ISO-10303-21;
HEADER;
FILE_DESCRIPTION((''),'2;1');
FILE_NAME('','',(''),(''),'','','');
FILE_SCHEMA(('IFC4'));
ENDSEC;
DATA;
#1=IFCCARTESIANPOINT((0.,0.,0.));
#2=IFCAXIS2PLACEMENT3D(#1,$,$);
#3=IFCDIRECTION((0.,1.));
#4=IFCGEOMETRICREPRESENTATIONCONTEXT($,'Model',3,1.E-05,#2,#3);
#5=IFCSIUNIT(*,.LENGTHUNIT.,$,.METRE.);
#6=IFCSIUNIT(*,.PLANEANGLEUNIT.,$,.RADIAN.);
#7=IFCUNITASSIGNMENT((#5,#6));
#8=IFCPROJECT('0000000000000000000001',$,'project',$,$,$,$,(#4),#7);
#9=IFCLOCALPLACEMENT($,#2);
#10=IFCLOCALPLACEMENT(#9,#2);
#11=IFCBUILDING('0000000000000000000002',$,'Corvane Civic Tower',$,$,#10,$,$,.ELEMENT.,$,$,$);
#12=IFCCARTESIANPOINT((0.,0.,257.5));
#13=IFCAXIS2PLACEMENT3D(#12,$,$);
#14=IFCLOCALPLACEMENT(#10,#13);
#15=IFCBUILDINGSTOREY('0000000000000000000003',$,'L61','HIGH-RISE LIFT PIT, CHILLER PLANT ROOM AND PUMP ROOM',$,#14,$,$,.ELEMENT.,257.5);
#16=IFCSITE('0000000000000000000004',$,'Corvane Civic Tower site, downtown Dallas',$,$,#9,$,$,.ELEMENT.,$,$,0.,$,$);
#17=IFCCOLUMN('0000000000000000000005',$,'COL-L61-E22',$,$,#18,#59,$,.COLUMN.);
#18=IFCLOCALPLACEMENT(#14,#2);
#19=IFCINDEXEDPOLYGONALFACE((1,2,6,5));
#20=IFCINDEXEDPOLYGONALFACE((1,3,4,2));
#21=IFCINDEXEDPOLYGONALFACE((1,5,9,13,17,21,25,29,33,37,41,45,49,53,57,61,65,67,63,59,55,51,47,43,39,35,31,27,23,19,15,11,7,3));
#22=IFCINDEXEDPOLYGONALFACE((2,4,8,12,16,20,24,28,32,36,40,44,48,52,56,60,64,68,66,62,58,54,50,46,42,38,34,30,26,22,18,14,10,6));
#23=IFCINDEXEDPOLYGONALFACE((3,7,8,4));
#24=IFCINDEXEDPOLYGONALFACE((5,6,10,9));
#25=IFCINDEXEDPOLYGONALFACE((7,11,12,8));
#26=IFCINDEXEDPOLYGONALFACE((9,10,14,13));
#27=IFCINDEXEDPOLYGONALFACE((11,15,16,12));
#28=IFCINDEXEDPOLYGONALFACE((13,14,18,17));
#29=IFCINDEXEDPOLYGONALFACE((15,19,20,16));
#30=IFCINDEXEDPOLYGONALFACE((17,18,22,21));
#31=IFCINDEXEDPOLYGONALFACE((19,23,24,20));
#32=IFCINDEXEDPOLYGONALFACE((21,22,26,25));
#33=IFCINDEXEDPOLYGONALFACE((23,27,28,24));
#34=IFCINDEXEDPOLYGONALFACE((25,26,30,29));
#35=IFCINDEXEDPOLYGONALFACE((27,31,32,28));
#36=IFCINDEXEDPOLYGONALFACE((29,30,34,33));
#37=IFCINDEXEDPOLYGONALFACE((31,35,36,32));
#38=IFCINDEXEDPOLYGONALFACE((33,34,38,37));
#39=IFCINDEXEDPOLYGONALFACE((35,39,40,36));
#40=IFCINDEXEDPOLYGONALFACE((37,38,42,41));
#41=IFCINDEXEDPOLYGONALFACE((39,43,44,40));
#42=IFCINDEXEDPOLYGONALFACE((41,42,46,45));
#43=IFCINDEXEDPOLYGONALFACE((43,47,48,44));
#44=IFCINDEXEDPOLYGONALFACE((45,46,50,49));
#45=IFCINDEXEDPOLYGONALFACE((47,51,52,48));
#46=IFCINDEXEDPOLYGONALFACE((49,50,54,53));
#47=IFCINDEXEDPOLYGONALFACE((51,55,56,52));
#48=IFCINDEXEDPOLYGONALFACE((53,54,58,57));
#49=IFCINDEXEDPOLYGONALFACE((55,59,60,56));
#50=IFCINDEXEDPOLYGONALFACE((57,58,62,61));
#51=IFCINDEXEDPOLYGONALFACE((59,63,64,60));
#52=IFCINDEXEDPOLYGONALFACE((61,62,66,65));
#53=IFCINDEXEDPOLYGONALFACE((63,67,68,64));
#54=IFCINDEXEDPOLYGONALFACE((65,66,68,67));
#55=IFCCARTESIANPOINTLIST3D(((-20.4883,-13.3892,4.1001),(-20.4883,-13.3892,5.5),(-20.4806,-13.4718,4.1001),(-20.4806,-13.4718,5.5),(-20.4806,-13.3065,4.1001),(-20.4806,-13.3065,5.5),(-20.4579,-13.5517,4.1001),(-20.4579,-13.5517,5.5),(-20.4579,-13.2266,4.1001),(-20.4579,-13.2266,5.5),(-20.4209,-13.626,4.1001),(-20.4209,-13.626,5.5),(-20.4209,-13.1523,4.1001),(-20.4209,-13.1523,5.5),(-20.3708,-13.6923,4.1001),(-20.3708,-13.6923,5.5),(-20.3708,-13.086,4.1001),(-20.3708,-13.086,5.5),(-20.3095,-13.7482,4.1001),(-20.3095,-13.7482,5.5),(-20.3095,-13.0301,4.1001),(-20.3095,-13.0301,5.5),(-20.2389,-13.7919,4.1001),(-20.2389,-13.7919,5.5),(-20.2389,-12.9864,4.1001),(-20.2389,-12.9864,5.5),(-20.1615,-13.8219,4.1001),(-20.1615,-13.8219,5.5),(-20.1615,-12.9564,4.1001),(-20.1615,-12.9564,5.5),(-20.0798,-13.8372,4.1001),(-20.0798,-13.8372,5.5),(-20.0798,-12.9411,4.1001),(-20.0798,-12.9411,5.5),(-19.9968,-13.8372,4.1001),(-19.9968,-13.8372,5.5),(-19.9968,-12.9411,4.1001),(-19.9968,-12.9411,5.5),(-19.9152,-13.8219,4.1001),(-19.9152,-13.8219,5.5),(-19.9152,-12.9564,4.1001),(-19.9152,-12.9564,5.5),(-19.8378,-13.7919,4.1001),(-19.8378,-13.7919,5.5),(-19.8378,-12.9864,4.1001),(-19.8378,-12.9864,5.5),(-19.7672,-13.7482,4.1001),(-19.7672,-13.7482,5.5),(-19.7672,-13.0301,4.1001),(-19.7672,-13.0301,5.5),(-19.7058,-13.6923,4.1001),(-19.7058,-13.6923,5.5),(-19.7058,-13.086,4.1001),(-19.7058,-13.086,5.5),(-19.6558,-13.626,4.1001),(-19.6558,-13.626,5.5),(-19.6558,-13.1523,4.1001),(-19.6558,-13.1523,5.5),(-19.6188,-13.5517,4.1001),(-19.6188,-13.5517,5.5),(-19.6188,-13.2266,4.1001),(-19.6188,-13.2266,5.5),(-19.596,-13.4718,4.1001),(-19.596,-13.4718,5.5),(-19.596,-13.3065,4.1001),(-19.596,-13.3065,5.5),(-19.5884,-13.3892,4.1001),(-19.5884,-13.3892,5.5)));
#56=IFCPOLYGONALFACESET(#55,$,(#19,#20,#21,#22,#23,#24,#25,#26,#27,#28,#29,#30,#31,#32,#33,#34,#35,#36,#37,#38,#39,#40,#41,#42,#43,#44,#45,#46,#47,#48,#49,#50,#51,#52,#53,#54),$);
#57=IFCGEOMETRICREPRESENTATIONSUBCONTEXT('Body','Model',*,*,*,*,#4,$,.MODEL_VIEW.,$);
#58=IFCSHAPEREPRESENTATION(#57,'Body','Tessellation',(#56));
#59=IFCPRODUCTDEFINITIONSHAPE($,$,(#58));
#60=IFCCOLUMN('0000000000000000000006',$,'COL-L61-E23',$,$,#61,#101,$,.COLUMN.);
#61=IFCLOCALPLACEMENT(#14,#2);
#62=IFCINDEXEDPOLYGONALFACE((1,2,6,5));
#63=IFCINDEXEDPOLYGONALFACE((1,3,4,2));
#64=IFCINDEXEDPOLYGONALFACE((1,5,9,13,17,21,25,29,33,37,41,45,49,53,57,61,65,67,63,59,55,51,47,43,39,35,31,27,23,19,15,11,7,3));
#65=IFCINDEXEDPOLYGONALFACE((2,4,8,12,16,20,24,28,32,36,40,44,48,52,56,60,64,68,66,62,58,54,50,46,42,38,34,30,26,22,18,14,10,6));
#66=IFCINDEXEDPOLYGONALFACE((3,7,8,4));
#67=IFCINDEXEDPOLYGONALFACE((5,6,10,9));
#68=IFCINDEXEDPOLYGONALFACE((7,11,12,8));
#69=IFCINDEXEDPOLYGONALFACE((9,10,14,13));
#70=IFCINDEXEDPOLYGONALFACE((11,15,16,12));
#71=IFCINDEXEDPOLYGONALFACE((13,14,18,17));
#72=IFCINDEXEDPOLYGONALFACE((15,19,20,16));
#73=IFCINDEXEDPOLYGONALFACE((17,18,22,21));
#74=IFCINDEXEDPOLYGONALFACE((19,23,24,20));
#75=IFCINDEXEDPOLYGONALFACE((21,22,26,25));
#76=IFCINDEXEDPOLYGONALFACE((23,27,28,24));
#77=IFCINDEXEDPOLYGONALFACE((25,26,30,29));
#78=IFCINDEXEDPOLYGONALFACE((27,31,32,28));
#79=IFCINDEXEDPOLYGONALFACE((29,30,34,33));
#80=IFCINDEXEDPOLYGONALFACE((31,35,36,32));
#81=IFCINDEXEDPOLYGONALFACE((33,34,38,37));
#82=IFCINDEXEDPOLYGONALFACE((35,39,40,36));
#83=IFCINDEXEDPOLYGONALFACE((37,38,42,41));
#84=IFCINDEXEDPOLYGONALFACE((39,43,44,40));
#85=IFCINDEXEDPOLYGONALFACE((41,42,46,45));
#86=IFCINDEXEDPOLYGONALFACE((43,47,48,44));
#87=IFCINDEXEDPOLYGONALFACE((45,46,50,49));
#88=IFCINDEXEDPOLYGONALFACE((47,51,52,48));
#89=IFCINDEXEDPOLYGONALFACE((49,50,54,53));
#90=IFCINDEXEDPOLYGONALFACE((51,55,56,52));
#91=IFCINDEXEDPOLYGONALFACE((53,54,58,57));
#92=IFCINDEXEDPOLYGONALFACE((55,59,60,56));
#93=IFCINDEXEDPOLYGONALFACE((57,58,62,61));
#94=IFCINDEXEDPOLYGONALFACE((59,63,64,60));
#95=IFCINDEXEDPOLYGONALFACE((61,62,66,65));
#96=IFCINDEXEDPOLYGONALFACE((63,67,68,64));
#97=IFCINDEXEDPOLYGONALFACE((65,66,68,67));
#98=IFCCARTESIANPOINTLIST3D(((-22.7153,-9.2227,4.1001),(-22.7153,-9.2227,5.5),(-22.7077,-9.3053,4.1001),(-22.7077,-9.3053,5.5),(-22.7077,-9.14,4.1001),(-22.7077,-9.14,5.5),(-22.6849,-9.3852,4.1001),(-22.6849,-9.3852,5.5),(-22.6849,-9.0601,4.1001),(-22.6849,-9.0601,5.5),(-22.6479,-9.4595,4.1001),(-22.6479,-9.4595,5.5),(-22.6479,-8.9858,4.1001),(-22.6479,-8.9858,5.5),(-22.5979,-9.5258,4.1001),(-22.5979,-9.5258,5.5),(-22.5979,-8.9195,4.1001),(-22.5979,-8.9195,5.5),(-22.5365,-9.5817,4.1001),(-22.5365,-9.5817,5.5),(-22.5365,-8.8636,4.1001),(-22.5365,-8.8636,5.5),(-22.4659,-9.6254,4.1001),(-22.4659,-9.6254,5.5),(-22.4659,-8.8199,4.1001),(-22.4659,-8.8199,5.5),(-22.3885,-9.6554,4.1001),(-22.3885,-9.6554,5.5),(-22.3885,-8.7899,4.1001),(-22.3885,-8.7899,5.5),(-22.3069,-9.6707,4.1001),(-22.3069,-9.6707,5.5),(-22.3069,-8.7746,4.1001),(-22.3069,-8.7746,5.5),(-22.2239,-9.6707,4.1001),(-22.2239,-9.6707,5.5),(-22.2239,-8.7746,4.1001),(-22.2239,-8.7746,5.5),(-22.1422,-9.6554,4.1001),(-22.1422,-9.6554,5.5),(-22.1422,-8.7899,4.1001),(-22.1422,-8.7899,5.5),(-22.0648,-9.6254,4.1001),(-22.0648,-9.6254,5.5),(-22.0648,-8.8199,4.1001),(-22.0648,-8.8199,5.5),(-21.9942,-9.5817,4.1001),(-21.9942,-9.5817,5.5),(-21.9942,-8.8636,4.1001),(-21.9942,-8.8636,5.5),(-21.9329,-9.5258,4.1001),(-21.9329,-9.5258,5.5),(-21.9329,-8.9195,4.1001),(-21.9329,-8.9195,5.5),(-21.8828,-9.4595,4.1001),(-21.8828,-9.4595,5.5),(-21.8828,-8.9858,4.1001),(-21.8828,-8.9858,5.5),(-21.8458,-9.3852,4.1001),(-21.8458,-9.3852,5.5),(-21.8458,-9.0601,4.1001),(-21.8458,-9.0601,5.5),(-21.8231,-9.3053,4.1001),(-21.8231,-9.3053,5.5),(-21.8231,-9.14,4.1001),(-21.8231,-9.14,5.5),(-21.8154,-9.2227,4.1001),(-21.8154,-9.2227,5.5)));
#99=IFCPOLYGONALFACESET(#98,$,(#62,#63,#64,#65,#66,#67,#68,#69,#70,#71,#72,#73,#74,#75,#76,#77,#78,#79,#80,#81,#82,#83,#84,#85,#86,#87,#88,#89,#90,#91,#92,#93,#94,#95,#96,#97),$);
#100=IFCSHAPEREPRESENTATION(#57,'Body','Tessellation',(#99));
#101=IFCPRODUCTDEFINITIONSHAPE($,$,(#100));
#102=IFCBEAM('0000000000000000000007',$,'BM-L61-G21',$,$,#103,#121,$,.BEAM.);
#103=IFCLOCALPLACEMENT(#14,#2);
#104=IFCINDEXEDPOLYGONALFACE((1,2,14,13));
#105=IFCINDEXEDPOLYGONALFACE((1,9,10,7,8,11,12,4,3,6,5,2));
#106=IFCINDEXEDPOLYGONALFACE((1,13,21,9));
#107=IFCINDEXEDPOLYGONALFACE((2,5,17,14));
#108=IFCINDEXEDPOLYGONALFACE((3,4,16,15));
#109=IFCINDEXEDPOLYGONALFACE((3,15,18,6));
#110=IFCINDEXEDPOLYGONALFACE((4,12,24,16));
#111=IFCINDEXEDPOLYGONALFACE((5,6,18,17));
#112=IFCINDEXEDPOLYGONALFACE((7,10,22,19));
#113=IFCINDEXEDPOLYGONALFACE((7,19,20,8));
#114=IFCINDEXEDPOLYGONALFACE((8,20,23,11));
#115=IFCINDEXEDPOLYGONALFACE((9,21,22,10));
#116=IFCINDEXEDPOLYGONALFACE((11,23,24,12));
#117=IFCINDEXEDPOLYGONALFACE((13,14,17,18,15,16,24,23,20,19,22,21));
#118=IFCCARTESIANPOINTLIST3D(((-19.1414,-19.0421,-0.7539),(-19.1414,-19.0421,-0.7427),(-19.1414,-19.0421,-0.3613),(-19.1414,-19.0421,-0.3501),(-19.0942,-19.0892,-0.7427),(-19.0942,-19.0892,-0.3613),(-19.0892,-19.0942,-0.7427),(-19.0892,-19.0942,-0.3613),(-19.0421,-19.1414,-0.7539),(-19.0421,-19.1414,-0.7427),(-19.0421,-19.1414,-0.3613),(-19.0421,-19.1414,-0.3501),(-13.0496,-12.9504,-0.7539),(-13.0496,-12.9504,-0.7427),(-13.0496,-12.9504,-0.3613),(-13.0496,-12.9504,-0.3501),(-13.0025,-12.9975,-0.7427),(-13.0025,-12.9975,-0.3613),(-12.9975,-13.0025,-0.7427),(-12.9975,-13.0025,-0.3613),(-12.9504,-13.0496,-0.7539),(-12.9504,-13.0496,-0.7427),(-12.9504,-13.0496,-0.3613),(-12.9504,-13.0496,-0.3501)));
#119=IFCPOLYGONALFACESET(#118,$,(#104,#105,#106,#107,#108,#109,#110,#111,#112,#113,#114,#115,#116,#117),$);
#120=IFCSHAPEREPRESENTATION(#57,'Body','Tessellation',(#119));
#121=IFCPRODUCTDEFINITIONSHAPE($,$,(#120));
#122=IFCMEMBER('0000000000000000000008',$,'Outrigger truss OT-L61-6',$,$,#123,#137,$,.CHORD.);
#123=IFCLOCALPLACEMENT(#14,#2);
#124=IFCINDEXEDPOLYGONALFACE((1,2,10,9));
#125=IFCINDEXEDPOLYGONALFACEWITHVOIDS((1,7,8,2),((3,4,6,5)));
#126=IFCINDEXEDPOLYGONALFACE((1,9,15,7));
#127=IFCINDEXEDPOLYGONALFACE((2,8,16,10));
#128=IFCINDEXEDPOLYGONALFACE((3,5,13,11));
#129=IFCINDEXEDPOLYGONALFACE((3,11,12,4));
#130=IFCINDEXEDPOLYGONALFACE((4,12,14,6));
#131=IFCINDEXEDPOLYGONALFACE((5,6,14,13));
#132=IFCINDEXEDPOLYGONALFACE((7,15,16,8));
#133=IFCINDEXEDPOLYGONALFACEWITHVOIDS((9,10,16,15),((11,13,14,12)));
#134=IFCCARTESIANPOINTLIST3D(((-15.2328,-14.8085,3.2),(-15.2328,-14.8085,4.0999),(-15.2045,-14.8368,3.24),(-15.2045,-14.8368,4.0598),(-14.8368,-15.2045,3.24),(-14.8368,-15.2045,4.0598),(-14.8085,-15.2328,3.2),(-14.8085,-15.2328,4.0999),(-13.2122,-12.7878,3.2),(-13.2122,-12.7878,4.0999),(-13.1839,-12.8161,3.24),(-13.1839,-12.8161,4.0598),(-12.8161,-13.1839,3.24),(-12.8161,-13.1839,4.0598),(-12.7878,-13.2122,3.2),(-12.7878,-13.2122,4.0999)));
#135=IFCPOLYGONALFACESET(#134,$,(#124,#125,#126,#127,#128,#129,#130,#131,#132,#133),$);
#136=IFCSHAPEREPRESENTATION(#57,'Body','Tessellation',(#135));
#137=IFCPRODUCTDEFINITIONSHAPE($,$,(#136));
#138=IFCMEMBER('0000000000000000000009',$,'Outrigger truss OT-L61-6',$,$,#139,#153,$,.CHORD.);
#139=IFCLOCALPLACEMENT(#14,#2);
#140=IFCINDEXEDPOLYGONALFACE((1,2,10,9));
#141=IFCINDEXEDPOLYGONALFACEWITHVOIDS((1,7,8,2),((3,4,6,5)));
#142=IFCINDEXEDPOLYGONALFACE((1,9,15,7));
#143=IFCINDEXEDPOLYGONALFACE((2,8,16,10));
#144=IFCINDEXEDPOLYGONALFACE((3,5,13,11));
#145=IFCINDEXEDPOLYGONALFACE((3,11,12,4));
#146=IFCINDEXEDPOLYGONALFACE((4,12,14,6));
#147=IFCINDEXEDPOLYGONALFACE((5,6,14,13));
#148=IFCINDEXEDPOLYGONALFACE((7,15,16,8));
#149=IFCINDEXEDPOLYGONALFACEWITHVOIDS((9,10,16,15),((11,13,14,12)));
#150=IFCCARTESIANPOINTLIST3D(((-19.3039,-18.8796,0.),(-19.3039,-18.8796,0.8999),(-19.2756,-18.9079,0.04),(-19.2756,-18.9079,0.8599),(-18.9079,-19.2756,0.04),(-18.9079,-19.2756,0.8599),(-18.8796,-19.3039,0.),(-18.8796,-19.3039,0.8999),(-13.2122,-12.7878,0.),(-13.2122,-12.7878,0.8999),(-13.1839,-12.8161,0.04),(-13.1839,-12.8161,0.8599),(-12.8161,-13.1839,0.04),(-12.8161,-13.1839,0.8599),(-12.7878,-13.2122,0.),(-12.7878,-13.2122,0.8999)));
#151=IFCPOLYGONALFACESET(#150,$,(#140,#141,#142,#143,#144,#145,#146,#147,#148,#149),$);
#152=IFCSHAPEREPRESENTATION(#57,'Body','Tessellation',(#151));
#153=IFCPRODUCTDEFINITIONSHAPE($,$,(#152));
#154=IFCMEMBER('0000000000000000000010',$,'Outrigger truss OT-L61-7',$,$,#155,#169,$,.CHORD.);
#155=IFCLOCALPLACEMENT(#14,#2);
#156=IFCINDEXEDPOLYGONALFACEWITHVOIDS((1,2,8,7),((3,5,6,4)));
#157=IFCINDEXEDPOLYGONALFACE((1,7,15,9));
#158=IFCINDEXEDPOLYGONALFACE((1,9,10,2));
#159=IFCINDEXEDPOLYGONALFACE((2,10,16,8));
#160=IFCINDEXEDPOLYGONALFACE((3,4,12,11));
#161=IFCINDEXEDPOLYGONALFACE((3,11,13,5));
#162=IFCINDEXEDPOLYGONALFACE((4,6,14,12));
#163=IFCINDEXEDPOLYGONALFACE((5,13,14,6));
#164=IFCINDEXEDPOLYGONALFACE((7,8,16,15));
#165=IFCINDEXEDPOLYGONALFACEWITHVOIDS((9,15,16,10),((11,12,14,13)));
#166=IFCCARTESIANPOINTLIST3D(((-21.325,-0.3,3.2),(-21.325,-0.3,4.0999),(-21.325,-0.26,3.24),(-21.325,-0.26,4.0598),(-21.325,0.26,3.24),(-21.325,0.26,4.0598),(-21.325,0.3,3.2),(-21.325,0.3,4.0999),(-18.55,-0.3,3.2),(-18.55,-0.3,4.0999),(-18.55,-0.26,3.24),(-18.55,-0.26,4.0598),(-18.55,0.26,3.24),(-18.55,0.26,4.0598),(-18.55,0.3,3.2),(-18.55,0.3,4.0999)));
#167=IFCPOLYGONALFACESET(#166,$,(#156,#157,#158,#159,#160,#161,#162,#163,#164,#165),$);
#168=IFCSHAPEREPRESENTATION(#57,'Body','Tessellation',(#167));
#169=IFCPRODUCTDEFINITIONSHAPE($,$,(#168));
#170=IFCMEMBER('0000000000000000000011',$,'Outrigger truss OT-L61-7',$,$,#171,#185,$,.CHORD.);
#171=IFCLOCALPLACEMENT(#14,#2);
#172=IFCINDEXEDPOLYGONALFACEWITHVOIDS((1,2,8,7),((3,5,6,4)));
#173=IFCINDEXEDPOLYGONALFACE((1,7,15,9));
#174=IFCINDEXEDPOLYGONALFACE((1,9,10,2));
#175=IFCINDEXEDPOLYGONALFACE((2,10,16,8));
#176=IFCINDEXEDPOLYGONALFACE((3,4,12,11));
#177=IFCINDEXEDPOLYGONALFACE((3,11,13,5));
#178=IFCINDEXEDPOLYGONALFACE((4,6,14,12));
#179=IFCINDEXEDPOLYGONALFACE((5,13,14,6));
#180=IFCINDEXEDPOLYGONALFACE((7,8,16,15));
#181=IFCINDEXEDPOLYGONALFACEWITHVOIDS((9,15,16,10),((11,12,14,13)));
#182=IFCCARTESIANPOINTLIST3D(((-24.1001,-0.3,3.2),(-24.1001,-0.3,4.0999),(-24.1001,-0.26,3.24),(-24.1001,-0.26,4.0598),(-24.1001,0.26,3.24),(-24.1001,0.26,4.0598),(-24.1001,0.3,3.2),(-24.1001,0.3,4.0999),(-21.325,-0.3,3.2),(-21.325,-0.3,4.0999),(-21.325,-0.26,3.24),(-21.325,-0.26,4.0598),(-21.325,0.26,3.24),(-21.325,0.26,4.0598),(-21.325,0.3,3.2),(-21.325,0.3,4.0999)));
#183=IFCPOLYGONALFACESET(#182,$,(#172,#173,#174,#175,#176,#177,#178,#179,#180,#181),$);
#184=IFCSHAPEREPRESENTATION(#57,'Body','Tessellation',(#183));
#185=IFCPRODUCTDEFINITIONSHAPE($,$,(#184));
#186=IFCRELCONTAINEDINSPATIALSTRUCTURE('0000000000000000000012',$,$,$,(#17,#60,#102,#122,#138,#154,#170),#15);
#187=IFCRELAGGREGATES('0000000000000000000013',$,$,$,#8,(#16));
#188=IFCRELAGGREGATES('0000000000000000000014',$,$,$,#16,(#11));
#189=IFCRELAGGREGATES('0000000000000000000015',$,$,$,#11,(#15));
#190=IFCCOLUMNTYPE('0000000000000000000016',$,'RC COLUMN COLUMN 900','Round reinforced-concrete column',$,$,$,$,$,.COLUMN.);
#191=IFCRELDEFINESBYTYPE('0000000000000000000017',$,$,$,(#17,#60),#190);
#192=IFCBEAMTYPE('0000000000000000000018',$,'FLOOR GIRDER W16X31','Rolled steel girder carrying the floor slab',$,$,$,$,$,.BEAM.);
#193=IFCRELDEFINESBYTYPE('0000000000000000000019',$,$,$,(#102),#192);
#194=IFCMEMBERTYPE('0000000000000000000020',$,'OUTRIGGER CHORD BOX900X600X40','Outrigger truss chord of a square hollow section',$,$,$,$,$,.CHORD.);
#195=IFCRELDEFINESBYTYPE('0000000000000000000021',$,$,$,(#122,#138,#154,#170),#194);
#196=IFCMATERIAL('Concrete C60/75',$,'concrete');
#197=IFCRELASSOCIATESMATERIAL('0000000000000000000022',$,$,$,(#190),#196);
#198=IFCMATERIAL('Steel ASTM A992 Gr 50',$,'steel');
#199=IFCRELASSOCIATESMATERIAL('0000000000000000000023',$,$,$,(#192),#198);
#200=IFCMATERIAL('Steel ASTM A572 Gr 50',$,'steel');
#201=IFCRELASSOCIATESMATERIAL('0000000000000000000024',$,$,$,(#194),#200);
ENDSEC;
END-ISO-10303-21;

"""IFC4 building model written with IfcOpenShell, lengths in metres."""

from ifc_helpers import new_model, si_unit, direction, frame, origin, origin_2d, place, context, subcontext, project, spatial, hollow_rectangle, circle, i_section, extrude, material, material_profile, profile_set, type_object, element, save


model = new_model("IFC4")

# Units and contexts
model_context = context("Model", 3, precision=1e-05, world=origin(), true_north=direction((0.0, 1.0)))
body_context = subcontext(model_context, "Body", "Model", "MODEL_VIEW")
ifc_project = project(units=[si_unit("LENGTHUNIT", "METRE"), si_unit("PLANEANGLEUNIT", "RADIAN")], contexts=[model_context])

# Site, building, storey
site_placement = place(None, origin())
site = spatial("IfcSite", under=ifc_project, at=site_placement, Name="Corvane Civic Tower site, downtown Dallas", CompositionType="ELEMENT", RefElevation=0.0)
building_placement = place(site_placement, origin())
building = spatial("IfcBuilding", under=site, at=building_placement, Name="Corvane Civic Tower", CompositionType="ELEMENT")
storey_placement = place(building_placement, frame((0.0, 0.0, 257.5)))
storey = spatial("IfcBuildingStorey", under=building, at=storey_placement, Name="L61", Description="HIGH-RISE LIFT PIT, CHILLER PLANT ROOM AND PUMP ROOM", CompositionType="ELEMENT", Elevation=257.5)

# Columns
ifc_material_1 = material(Name="Concrete C60/75", Category="concrete")
ifc_material_profile_1 = material_profile(ifc_material_1, circle(Radius=0.45, at=origin_2d()), Name="COLUMN 900")
ifc_profile_set_1 = profile_set([ifc_material_profile_1], Name="Concrete C60/75")
column_type = type_object("IfcColumnType", Name="RC COLUMN COLUMN 900", Description="Round reinforced-concrete column", PredefinedType="COLUMN", material=ifc_profile_set_1)
for number, where, z_axis, x_axis, name in (
    (1, (-20.0383, -13.3892, 4.1001), (0.0, 0.0, 1.0), (1.0, 0.0, 0.0), "COL-L61-E22"),
    (2, (-22.2654, -9.2227, 4.1001), (0.0, 0.0, 1.0), (1.0, 0.0, 0.0), "COL-L61-E23"),
):
    element("IfcColumn", number, at=place(storey_placement, frame(where, z_axis=z_axis, x_axis=x_axis)), inside=storey, type_object=column_type, Name=name, PredefinedType="COLUMN", context=body_context, shape_type="SweptSolid", body=[
        extrude(circle(Radius=0.45, at=origin_2d()), origin(), (0.0, 0.0, 1.0), 1.3999),
    ])

# Beam
ifc_material_2 = material(Name="Steel ASTM A992 Gr 50", Category="steel")
ifc_material_profile_2 = material_profile(ifc_material_2, i_section(OverallWidth=0.1404, OverallDepth=0.4038, WebThickness=0.0071, FlangeThickness=0.0112, at=origin_2d()), Name="W16X31")
ifc_profile_set_2 = profile_set([ifc_material_profile_2], Name="Steel ASTM A992 Gr 50")
beam_type_1 = type_object("IfcBeamType", Name="FLOOR GIRDER W16X31", Description="Rolled steel girder carrying the floor slab", PredefinedType="BEAM", material=ifc_profile_set_2)
beam_1_placement = place(storey_placement, frame((-13.0, -13.0, -0.552), z_axis=(-0.707107, -0.707107, 0.0), x_axis=(0.707107, -0.707107, 0.0)))
element("IfcBeam", 3, at=beam_1_placement, inside=storey, type_object=beam_type_1, Name="BM-L61-G21", PredefinedType="BEAM", context=body_context, shape_type="SweptSolid", body=[
    extrude(i_section(OverallWidth=0.1404, OverallDepth=0.4038, WebThickness=0.0071, FlangeThickness=0.0112, at=origin_2d()), origin(), (0.0, 0.0, 1.0), 8.615),
])

# Members
ifc_material_3 = material(Name="Steel ASTM A572 Gr 50", Category="steel")
ifc_material_profile_3 = material_profile(ifc_material_3, hollow_rectangle(XDim=0.6001, YDim=0.8999, WallThickness=0.04, at=origin_2d()), Name="BOX900X600X40")
ifc_profile_set_3 = profile_set([ifc_material_profile_3], Name="Steel ASTM A572 Gr 50")
member_type_1 = type_object("IfcMemberType", Name="OUTRIGGER CHORD BOX900X600X40", Description="Outrigger truss chord of a square hollow section", PredefinedType="CHORD", material=ifc_profile_set_3)
member_1_placement = place(storey_placement, frame((-13.0, -13.0, 3.6499), z_axis=(-0.707107, -0.707107, 0.0), x_axis=(0.707107, -0.707107, 0.0)))
element("IfcMember", 4, at=member_1_placement, inside=storey, type_object=member_type_1, Name="Outrigger truss OT-L61-6", PredefinedType="CHORD", context=body_context, shape_type="SweptSolid", body=[
    extrude(hollow_rectangle(XDim=0.6001, YDim=0.8999, WallThickness=0.04, at=origin_2d()), origin(), (0.0, 0.0, 1.0), 2.8577),
])
member_2_placement = place(storey_placement, frame((-13.0, -13.0, 0.45), z_axis=(-0.707107, -0.707107, 0.0), x_axis=(0.707107, -0.707107, 0.0)))
element("IfcMember", 5, at=member_2_placement, inside=storey, type_object=member_type_1, Name="Outrigger truss OT-L61-6", PredefinedType="CHORD", context=body_context, shape_type="SweptSolid", body=[
    extrude(hollow_rectangle(XDim=0.6001, YDim=0.8999, WallThickness=0.04, at=origin_2d()), origin(), (0.0, 0.0, 1.0), 8.615),
])
member_3_placement = place(storey_placement, frame((-18.55, 0.0, 3.6499), z_axis=(-1.0, 0.0, 0.0), x_axis=(0.0, -1.0, 0.0)))
element("IfcMember", 6, at=member_3_placement, inside=storey, type_object=member_type_1, Name="Outrigger truss OT-L61-7", PredefinedType="CHORD", context=body_context, shape_type="SweptSolid", body=[
    extrude(hollow_rectangle(XDim=0.6001, YDim=0.8999, WallThickness=0.04, at=origin_2d()), origin(), (0.0, 0.0, 1.0), 2.7749),
])
member_4_placement = place(storey_placement, frame((-21.325, 0.0, 3.6499), z_axis=(-1.0, 0.0, 0.0), x_axis=(0.0, -1.0, 0.0)))
element("IfcMember", 7, at=member_4_placement, inside=storey, type_object=member_type_1, Name="Outrigger truss OT-L61-7", PredefinedType="CHORD", context=body_context, shape_type="SweptSolid", body=[
    extrude(hollow_rectangle(XDim=0.6001, YDim=0.8999, WallThickness=0.04, at=origin_2d()), origin(), (0.0, 0.0, 1.0), 2.7751),
])

save(model, "model.ifc")
